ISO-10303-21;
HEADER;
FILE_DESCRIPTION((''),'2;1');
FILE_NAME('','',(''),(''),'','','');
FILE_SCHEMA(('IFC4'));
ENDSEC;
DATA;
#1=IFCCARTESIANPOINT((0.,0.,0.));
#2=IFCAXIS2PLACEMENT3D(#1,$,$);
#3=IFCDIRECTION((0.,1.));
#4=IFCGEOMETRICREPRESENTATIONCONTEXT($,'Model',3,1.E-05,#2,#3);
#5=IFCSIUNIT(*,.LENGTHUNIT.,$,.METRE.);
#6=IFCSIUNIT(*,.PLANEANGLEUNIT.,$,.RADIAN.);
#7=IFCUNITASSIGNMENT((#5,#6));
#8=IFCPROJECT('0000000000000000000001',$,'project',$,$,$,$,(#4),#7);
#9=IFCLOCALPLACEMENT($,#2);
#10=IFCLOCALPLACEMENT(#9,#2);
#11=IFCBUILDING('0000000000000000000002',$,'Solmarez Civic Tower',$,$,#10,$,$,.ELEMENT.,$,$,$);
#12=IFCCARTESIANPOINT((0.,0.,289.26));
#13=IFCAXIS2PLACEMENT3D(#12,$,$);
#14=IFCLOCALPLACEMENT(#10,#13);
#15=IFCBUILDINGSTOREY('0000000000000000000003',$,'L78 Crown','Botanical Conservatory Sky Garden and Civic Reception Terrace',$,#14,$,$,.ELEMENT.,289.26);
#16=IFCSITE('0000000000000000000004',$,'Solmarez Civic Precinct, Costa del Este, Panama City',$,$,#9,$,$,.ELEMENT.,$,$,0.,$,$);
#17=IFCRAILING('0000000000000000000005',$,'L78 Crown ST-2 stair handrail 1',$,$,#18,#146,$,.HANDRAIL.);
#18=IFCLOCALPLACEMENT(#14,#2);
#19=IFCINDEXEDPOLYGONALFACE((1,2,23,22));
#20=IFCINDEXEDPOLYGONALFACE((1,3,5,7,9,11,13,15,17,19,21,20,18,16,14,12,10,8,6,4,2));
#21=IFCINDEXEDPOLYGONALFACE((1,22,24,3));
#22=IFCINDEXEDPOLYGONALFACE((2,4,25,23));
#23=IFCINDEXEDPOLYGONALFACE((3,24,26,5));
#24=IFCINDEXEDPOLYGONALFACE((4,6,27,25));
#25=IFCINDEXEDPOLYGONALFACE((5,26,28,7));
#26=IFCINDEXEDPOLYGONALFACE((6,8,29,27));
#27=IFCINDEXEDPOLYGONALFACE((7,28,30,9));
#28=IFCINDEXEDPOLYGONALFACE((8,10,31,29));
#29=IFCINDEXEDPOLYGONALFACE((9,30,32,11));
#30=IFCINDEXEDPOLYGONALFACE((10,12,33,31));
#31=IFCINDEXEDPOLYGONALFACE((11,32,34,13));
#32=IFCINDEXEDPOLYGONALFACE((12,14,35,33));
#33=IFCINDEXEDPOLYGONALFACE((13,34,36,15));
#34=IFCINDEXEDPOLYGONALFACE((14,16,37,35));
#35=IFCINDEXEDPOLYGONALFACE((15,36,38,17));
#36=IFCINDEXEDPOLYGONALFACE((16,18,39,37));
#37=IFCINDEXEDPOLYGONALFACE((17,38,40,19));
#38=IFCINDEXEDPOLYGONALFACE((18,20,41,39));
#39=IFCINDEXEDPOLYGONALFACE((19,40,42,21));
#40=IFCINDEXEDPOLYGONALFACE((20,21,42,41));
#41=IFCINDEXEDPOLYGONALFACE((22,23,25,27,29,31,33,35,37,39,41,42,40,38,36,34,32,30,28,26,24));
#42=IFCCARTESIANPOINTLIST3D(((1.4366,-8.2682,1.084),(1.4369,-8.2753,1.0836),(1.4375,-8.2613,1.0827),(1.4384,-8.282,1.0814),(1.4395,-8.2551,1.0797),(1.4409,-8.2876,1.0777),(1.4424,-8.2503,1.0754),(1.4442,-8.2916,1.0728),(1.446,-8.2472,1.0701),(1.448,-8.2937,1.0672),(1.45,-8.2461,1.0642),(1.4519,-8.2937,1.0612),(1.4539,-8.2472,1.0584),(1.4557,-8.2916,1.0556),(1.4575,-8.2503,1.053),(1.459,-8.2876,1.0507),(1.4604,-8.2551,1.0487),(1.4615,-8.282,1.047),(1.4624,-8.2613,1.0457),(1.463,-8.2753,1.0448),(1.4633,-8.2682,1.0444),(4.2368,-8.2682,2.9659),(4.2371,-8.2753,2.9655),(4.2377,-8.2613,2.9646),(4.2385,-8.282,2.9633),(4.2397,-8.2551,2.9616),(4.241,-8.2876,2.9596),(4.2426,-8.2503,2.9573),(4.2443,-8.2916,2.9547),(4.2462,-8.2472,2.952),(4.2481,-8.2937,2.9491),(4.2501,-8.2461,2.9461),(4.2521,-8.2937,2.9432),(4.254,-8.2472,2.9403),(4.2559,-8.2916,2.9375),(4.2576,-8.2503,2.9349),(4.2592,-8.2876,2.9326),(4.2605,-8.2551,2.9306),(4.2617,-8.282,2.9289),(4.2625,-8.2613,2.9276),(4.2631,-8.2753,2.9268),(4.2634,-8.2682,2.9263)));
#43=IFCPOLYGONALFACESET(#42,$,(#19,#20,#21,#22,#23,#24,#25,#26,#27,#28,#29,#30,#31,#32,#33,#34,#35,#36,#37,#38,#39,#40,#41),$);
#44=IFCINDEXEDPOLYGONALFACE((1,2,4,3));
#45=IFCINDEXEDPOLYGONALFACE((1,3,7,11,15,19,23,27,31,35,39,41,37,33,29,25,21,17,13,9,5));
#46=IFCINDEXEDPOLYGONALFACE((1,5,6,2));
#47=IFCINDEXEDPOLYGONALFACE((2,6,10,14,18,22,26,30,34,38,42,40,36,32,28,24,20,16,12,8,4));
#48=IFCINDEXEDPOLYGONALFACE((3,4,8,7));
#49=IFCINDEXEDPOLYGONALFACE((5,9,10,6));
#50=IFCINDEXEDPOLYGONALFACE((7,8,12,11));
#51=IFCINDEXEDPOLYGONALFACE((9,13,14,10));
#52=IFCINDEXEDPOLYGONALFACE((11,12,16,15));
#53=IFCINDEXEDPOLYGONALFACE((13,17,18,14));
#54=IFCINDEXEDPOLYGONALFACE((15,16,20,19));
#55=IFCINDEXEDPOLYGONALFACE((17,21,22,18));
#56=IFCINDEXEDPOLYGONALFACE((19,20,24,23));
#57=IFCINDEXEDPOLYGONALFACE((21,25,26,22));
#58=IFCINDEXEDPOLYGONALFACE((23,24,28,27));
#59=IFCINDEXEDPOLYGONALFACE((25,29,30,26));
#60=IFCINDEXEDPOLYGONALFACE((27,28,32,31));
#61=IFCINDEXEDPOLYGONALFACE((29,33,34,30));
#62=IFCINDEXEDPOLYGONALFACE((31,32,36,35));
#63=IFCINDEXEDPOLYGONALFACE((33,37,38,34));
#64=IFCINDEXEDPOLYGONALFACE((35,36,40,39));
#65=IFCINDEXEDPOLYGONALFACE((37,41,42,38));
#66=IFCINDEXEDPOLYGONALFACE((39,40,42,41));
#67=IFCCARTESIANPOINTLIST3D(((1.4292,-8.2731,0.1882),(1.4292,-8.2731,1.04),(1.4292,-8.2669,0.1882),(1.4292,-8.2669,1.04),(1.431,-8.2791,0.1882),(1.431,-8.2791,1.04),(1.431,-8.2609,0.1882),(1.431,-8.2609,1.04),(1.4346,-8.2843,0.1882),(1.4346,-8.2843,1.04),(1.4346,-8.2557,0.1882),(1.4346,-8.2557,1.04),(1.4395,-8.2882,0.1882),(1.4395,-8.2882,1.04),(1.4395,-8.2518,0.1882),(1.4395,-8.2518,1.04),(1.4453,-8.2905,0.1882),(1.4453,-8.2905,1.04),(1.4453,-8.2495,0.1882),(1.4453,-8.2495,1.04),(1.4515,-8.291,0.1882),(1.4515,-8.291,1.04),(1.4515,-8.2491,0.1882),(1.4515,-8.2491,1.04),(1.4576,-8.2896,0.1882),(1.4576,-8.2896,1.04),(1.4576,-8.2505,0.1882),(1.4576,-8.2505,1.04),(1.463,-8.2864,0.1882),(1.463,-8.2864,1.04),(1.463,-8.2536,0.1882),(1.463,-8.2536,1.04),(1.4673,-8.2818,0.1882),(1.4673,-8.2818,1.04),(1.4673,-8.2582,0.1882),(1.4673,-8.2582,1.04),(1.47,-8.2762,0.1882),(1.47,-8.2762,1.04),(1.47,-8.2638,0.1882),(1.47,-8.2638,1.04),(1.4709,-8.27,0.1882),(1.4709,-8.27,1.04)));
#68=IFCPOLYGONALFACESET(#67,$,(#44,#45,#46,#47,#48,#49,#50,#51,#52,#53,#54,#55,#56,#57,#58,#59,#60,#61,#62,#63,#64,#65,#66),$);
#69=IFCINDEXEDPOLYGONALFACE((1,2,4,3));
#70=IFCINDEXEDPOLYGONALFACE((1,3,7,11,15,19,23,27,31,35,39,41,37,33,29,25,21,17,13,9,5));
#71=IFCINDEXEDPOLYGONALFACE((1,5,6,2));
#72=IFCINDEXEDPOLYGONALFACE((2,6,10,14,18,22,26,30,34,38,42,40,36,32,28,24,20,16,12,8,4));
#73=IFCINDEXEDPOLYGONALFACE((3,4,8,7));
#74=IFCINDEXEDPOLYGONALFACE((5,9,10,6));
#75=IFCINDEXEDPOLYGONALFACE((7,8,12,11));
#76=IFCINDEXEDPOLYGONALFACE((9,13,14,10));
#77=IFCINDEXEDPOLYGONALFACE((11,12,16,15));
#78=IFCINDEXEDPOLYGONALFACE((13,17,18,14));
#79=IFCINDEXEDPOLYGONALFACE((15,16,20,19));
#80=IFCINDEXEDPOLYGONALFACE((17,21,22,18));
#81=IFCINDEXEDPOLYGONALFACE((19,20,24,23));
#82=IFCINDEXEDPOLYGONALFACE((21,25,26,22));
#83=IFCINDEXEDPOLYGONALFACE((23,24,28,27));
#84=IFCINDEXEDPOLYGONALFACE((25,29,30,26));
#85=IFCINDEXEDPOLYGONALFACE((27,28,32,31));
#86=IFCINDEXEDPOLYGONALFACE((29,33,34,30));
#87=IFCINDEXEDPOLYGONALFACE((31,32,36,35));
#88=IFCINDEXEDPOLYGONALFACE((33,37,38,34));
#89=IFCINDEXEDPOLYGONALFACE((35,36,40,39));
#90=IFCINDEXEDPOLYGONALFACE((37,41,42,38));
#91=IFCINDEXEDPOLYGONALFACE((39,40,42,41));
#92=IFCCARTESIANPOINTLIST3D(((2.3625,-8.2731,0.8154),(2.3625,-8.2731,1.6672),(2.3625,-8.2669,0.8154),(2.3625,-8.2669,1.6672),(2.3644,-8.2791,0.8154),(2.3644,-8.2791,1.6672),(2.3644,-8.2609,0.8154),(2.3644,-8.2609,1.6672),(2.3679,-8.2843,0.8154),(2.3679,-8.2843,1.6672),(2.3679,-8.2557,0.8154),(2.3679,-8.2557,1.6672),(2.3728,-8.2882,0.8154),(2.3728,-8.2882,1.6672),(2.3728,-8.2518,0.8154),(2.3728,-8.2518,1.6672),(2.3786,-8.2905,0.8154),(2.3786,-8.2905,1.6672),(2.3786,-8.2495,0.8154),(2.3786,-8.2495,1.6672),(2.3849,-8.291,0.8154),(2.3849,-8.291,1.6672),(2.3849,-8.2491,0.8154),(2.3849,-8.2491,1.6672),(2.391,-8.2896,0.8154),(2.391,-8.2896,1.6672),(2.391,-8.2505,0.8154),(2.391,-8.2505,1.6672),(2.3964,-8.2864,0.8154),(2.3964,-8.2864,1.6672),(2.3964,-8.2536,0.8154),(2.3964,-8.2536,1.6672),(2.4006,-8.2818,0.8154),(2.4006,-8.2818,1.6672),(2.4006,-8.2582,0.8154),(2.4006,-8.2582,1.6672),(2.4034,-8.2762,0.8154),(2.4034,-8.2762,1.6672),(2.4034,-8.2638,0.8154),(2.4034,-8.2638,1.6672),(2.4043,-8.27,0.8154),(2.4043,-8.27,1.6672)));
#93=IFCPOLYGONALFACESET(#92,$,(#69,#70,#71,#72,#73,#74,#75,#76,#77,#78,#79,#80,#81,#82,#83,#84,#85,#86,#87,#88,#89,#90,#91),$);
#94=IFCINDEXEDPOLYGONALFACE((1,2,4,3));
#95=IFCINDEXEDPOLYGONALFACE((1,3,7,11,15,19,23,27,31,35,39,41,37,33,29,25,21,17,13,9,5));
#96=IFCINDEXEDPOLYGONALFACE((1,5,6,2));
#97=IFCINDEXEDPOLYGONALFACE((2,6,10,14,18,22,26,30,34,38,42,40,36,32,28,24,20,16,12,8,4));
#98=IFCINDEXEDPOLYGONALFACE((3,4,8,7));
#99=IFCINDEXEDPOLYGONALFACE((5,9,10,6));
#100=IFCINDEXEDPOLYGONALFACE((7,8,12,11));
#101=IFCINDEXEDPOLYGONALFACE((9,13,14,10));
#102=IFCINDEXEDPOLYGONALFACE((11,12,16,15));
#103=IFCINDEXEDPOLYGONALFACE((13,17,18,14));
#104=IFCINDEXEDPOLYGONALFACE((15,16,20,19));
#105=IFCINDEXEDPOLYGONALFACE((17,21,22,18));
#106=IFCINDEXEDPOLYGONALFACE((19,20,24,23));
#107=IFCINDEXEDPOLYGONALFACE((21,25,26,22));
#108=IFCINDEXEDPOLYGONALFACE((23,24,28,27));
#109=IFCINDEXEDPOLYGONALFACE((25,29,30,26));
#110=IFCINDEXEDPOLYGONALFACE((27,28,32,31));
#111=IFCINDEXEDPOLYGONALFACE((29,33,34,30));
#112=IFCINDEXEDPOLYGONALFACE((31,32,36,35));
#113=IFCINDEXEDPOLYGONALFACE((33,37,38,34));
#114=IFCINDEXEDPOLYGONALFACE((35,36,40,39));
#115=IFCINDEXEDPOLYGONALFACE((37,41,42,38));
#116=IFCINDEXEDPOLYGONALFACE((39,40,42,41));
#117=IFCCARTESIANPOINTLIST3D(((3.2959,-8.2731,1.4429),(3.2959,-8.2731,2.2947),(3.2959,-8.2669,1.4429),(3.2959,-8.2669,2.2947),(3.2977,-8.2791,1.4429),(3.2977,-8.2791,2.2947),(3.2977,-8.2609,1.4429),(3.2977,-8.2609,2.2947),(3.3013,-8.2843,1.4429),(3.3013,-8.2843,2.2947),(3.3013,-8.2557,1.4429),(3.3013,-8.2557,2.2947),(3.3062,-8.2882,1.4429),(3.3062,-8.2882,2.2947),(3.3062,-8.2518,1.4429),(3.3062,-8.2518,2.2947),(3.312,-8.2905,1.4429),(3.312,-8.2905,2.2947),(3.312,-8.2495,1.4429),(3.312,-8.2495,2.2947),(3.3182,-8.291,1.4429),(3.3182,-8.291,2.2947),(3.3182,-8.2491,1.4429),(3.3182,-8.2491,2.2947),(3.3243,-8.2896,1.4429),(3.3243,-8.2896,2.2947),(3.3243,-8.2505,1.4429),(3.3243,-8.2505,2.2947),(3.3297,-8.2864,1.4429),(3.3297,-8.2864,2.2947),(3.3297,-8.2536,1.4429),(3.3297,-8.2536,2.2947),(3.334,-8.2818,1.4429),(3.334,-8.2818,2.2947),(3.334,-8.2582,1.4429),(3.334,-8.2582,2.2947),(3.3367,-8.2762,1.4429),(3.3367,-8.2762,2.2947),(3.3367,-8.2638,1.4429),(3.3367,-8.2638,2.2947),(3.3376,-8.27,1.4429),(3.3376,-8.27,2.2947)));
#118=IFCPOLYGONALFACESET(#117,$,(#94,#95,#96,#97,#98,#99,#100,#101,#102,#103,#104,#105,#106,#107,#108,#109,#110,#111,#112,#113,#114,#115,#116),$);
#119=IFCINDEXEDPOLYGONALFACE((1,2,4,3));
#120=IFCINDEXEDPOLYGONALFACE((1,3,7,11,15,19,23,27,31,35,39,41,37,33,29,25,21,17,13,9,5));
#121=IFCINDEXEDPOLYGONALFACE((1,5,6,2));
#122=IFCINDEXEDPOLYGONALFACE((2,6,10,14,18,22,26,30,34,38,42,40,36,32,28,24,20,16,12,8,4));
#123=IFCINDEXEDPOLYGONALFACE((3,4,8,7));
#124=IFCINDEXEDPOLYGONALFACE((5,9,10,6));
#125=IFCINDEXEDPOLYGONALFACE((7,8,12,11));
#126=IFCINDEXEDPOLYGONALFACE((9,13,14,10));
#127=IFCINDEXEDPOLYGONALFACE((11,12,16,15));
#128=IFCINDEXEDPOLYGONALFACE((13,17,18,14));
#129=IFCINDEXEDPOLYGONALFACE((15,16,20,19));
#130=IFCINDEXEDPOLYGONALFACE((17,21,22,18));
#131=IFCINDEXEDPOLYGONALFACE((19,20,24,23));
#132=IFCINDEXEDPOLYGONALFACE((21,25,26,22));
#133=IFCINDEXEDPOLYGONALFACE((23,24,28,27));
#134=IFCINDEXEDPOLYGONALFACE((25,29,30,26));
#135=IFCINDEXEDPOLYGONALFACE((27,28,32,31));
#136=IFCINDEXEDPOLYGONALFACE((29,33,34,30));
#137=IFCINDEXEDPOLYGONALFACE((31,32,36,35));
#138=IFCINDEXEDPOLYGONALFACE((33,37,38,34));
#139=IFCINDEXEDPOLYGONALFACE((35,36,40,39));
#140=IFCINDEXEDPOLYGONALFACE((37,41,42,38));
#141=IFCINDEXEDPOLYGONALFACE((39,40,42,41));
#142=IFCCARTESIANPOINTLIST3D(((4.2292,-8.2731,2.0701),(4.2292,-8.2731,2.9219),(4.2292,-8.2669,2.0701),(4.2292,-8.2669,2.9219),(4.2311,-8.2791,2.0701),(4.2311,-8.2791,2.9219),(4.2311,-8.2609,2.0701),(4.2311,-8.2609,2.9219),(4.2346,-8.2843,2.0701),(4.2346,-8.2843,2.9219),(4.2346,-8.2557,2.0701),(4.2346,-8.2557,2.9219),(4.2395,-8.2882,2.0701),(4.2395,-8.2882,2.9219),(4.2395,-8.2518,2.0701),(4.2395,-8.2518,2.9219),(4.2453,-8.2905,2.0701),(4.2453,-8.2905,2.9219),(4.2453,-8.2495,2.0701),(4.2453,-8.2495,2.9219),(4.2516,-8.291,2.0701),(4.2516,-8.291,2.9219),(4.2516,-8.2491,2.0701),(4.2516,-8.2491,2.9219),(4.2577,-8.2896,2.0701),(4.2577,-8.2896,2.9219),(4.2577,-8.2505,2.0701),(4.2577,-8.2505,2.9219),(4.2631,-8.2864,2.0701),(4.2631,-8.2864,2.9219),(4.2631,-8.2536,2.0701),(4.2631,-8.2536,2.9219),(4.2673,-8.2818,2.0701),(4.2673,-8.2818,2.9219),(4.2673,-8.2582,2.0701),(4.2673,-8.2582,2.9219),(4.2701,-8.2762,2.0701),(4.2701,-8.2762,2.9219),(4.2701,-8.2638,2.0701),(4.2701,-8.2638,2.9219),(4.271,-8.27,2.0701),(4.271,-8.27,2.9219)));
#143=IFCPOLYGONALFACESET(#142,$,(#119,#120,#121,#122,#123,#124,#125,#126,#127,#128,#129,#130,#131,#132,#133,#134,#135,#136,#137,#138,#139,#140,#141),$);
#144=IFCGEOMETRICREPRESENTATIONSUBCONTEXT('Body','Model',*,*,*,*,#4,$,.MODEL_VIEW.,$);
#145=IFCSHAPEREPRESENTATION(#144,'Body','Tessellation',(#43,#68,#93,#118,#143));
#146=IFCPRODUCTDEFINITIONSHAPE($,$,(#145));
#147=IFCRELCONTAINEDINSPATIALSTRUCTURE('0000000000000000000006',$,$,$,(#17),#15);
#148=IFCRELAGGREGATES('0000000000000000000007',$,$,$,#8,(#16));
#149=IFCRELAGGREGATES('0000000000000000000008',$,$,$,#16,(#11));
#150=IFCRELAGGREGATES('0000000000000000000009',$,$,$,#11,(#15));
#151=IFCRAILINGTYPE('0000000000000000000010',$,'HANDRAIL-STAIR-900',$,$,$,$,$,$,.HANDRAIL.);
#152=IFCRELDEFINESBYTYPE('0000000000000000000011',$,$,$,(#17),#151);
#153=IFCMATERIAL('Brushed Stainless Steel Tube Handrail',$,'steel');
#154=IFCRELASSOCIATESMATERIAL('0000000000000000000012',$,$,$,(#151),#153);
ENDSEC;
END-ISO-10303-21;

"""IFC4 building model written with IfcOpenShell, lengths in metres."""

from ifc_helpers import new_model, si_unit, direction, frame, origin, origin_2d, place, context, subcontext, project, spatial, circle, extrude, material, type_object, element, save


model = new_model("IFC4")

# Units and contexts
model_context = context("Model", 3, precision=1e-05, world=origin(), true_north=direction((0.0, 1.0)))
body_context = subcontext(model_context, "Body", "Model", "MODEL_VIEW")
ifc_project = project(units=[si_unit("LENGTHUNIT", "METRE"), si_unit("PLANEANGLEUNIT", "RADIAN")], contexts=[model_context])

# Site, building, storey
site_placement = place(None, origin())
site = spatial("IfcSite", under=ifc_project, at=site_placement, Name="Solmarez Civic Precinct, Costa del Este, Panama City", CompositionType="ELEMENT", RefElevation=0.0)
building_placement = place(site_placement, origin())
building = spatial("IfcBuilding", under=site, at=building_placement, Name="Solmarez Civic Tower", CompositionType="ELEMENT")
storey_placement = place(building_placement, frame((0.0, 0.0, 289.26)))
storey = spatial("IfcBuildingStorey", under=building, at=storey_placement, Name="L78 Crown", Description="Botanical Conservatory Sky Garden and Civic Reception Terrace", CompositionType="ELEMENT", Elevation=289.26)

# Railing
ifc_material_1 = material(Name="Brushed Stainless Steel Tube Handrail", Category="steel")
railing_type_1 = type_object("IfcRailingType", Name="HANDRAIL-STAIR-900", PredefinedType="HANDRAIL", material=ifc_material_1)
railing_1_placement = place(storey_placement, frame((1.45, -8.27, 0.1882)))
element("IfcRailing", 1, at=railing_1_placement, inside=storey, type_object=railing_type_1, Name="L78 Crown ST-2 stair handrail 1", PredefinedType="HANDRAIL", context=body_context, shape_type="SweptSolid", body=[
    extrude(circle(Radius=0.0239, at=origin_2d()), frame((0.0, 0.0, 0.876), z_axis=(0.829974, 0.0, 0.557803), x_axis=(0.0, 1.0, 0.0)), (0.0, 0.0, 1.0), 3.3738),
    extrude(circle(Radius=0.021, at=origin_2d()), origin(), (0.0, 0.0, 1.0), 0.8518),
    extrude(circle(Radius=0.021, at=origin_2d()), frame((0.9333, 0.0, 0.6272)), (0.0, 0.0, 1.0), 0.8518),
    extrude(circle(Radius=0.021, at=origin_2d()), frame((1.8667, 0.0, 1.2546)), (0.0, 0.0, 1.0), 0.8518),
    extrude(circle(Radius=0.021, at=origin_2d()), frame((2.8, 0.0, 1.8818)), (0.0, 0.0, 1.0), 0.8518),
])

save(model, "model.ifc")
